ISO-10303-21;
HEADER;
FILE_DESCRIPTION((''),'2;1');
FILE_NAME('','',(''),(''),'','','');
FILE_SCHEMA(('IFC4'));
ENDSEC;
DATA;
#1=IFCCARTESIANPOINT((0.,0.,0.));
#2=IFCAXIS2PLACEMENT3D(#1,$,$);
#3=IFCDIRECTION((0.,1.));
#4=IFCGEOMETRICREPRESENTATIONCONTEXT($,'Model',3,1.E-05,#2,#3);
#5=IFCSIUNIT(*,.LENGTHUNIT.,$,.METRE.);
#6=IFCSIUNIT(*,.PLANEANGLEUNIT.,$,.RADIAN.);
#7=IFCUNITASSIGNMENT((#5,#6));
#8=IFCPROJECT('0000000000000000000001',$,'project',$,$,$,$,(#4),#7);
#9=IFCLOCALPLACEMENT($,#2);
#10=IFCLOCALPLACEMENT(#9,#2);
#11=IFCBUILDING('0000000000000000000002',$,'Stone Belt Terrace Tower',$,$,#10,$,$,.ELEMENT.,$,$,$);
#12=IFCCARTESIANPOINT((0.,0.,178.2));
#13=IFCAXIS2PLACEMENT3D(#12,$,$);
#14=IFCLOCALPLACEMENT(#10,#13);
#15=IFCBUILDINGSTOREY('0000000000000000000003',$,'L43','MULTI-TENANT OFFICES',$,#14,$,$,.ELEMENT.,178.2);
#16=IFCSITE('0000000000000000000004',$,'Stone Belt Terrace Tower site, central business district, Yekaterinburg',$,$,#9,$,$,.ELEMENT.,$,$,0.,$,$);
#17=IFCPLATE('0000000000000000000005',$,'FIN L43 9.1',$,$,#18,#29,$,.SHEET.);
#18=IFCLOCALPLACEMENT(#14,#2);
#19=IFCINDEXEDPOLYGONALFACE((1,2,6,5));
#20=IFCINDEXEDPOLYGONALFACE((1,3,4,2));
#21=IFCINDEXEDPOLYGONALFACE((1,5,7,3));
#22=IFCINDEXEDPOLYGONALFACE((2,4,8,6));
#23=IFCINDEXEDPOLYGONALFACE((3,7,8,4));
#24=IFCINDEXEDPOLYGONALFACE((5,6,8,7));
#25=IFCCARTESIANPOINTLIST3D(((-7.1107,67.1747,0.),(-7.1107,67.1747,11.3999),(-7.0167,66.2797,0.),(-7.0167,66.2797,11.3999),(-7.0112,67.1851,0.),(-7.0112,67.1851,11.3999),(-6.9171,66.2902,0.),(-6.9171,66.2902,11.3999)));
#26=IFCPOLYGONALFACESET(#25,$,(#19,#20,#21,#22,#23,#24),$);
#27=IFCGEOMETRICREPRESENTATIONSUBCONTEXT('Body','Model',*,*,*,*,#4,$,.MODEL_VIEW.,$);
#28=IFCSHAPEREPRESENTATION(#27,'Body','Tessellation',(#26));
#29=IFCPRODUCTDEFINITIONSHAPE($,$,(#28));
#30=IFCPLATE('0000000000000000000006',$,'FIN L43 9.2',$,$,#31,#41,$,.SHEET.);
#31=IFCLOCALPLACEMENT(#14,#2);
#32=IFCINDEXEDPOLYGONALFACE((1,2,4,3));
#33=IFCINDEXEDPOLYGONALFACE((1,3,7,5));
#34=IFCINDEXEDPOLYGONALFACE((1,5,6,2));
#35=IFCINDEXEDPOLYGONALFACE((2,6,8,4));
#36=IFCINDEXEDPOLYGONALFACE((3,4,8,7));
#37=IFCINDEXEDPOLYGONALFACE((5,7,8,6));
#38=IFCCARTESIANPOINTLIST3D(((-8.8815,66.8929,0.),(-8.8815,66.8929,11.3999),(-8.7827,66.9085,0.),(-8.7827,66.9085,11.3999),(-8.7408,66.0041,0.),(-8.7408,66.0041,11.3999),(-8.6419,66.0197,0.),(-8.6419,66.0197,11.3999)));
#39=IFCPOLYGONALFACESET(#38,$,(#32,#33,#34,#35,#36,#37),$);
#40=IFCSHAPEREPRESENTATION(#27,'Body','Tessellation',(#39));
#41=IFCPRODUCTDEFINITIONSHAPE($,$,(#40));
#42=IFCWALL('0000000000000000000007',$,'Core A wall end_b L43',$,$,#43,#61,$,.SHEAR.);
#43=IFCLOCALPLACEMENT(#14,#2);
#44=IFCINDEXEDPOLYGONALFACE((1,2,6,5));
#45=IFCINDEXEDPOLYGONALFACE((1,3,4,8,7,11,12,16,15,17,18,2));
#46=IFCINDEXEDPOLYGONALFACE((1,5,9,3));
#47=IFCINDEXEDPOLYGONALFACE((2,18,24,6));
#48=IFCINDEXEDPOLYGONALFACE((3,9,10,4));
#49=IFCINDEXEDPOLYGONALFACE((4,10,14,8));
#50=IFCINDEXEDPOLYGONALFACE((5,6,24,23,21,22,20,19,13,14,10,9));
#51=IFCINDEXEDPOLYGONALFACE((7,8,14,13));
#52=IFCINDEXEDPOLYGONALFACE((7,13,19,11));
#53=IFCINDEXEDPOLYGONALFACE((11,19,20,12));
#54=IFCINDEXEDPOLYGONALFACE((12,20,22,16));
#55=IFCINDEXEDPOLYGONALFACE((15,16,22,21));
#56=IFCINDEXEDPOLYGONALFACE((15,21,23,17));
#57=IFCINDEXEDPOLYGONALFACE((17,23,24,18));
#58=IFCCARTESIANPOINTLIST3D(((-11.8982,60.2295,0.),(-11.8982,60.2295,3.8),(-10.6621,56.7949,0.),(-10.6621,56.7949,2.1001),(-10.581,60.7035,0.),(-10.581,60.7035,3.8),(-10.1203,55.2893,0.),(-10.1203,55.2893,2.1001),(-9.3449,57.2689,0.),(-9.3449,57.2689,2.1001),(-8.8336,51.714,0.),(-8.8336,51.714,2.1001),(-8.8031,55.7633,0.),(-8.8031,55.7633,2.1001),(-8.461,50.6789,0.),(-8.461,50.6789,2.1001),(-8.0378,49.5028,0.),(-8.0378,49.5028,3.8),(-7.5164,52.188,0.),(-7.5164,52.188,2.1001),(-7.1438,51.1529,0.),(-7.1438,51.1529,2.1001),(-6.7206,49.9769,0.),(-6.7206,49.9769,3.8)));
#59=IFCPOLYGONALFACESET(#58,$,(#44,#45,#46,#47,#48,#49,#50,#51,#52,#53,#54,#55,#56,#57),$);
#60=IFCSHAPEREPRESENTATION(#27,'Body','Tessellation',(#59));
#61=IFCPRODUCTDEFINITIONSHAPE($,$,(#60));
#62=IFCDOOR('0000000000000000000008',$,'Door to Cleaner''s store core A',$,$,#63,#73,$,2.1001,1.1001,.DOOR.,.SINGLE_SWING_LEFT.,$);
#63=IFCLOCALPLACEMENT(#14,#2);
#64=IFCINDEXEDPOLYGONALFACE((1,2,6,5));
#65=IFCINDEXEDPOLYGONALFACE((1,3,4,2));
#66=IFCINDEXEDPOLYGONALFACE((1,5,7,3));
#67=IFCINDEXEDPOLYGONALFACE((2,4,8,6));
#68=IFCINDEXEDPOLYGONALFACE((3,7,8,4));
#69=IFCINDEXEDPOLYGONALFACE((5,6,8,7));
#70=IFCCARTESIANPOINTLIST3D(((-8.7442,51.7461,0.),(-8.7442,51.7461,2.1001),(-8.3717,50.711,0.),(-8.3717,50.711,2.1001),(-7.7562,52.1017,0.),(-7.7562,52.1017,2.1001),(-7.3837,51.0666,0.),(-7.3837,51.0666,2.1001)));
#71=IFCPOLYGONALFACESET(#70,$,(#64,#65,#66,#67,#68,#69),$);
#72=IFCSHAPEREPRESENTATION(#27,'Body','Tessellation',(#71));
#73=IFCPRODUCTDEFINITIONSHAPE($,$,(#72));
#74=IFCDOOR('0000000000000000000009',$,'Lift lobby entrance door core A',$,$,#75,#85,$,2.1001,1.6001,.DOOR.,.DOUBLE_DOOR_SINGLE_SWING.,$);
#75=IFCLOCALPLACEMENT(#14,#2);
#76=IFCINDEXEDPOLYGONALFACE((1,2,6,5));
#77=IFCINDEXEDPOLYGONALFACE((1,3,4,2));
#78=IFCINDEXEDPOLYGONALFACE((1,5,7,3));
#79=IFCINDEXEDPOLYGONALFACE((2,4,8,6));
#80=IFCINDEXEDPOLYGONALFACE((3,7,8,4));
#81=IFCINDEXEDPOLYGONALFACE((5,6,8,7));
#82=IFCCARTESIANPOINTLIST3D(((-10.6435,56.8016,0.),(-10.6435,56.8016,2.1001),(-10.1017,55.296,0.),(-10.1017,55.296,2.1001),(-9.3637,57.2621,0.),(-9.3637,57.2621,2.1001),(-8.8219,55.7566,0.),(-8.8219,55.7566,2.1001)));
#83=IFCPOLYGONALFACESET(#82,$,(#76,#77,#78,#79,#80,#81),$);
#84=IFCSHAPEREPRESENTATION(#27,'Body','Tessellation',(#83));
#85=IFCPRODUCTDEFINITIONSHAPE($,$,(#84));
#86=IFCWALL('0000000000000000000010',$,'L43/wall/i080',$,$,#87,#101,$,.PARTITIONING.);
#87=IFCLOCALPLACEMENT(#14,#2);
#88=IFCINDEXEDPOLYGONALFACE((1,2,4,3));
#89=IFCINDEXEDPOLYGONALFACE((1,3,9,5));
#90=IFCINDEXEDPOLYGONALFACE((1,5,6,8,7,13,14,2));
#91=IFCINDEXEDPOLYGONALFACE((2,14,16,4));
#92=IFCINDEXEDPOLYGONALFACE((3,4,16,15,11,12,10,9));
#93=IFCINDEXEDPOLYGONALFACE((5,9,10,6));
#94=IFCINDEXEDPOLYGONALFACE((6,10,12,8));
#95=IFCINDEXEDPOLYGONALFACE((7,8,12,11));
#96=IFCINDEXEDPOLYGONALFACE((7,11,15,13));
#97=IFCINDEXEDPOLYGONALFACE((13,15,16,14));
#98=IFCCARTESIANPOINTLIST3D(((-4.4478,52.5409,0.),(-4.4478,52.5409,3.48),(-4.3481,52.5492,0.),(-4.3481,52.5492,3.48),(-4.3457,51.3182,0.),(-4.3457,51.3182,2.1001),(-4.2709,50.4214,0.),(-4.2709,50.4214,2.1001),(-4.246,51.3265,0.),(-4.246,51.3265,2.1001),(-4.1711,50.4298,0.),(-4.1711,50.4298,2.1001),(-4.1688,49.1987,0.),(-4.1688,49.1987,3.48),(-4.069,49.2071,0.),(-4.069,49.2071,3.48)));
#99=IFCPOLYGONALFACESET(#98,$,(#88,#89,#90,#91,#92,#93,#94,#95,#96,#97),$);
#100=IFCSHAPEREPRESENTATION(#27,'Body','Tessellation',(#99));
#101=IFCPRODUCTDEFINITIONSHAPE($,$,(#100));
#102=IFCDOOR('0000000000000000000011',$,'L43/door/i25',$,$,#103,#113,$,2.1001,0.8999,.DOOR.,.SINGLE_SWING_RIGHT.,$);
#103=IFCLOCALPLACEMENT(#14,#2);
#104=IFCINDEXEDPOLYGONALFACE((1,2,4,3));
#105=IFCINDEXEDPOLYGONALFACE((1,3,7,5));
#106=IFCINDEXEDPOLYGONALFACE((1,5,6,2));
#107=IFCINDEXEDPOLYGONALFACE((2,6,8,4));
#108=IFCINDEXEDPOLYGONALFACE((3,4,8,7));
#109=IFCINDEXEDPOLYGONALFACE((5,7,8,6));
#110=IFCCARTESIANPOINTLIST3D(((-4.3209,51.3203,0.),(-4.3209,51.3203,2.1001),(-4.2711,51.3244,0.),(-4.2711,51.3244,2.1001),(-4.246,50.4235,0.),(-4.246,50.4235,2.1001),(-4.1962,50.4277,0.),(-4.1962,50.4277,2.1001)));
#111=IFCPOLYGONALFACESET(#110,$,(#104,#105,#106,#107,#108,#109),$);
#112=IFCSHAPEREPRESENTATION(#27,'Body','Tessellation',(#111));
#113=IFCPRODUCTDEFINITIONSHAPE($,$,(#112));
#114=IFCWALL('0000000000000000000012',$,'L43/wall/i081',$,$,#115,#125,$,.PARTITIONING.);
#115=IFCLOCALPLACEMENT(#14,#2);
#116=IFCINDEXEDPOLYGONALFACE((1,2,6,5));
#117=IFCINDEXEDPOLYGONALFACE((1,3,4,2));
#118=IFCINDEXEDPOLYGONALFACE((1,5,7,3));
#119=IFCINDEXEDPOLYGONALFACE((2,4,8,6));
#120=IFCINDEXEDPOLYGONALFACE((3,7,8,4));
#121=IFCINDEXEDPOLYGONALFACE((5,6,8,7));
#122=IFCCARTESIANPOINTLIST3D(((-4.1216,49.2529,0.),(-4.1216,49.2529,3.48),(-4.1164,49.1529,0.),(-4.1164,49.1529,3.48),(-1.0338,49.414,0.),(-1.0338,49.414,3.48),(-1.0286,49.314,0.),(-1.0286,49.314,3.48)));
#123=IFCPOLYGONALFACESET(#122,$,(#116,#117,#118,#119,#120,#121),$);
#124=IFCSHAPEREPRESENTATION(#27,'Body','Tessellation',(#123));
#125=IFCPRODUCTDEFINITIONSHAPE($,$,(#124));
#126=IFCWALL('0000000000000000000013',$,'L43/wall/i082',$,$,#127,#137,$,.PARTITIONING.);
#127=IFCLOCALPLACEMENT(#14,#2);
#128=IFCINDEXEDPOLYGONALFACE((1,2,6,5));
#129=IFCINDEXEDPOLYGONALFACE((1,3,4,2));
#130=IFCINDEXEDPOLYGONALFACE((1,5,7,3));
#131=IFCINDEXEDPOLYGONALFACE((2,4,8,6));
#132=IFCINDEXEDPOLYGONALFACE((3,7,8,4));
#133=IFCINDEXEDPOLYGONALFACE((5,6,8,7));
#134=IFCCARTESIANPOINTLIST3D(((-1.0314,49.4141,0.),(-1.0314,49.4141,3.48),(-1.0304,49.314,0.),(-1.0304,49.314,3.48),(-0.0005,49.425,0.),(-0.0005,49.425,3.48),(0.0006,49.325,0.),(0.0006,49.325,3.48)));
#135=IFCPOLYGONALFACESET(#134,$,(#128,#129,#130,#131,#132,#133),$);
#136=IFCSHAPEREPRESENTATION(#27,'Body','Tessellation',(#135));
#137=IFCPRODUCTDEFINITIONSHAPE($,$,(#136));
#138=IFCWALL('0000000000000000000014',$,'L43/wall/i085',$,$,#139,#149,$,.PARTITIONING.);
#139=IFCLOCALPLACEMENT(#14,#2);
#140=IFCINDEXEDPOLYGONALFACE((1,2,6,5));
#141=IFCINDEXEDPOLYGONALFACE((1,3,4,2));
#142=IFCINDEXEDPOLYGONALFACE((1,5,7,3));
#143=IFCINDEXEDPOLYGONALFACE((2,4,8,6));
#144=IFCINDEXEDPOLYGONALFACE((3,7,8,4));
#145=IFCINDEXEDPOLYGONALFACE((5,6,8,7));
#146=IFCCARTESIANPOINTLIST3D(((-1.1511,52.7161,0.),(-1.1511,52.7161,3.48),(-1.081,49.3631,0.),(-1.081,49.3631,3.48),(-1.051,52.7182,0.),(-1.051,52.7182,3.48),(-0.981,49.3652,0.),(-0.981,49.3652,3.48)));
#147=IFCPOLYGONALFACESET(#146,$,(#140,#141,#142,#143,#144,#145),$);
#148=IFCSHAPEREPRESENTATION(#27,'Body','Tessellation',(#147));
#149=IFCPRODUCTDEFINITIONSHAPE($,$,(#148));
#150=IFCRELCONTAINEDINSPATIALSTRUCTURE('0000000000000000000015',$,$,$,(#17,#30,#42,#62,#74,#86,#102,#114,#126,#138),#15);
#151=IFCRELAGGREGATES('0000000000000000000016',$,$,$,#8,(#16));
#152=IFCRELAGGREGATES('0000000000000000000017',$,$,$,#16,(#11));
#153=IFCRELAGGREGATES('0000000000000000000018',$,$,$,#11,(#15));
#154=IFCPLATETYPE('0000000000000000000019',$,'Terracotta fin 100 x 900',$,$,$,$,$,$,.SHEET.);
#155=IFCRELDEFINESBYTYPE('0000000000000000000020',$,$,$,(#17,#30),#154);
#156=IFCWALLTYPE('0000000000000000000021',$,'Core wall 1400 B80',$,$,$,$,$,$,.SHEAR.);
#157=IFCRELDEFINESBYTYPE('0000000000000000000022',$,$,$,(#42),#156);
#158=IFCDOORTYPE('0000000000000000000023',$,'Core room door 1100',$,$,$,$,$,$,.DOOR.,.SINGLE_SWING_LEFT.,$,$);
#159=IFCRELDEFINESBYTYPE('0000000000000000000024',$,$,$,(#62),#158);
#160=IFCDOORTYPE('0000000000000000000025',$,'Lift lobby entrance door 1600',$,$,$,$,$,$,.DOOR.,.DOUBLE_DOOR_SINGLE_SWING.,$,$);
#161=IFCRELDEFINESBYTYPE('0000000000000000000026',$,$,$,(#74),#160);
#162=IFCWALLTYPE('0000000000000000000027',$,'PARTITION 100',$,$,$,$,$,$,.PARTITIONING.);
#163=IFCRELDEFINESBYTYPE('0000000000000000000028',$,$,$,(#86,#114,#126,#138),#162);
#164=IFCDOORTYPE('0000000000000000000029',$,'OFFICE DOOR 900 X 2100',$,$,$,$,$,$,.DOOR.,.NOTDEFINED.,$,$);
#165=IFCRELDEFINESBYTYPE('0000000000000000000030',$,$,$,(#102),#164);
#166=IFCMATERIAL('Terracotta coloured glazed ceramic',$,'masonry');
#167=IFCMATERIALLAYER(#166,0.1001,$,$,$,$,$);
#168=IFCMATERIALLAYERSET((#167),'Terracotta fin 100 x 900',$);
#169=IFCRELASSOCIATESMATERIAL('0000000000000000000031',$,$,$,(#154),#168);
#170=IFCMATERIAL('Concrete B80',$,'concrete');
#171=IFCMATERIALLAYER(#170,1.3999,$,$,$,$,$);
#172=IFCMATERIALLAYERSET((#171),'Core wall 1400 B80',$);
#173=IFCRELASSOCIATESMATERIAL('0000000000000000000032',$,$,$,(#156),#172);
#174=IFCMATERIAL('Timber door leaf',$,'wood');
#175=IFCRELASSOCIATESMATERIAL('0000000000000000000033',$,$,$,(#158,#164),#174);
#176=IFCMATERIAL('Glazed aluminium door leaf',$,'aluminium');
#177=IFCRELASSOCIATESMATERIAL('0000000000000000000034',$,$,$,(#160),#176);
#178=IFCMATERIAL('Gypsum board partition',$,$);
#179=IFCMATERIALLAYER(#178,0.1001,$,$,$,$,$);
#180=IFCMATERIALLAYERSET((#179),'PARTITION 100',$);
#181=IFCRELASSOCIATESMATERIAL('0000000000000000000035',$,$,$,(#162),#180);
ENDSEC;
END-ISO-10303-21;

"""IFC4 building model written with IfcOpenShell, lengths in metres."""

from ifc_helpers import new_model, si_unit, direction, frame, frame_2d, origin, origin_2d, place, context, subcontext, project, spatial, rectangle, extrude, material, layer, layer_set, type_object, element, fill, save


model = new_model("IFC4")

# Units and contexts
model_context = context("Model", 3, precision=1e-05, world=origin(), true_north=direction((0.0, 1.0)))
body_context = subcontext(model_context, "Body", "Model", "MODEL_VIEW")
ifc_project = project(units=[si_unit("LENGTHUNIT", "METRE"), si_unit("PLANEANGLEUNIT", "RADIAN")], contexts=[model_context])

# Site, building, storey
site_placement = place(None, origin())
site = spatial("IfcSite", under=ifc_project, at=site_placement, Name="Stone Belt Terrace Tower site, central business district, Yekaterinburg", CompositionType="ELEMENT", RefElevation=0.0)
building_placement = place(site_placement, origin())
building = spatial("IfcBuilding", under=site, at=building_placement, Name="Stone Belt Terrace Tower", CompositionType="ELEMENT")
storey_placement = place(building_placement, frame((0.0, 0.0, 178.2)))
storey = spatial("IfcBuildingStorey", under=building, at=storey_placement, Name="L43", Description="MULTI-TENANT OFFICES", CompositionType="ELEMENT", Elevation=178.2)

# Shared definitions
ifc_material_1 = material(Name="Concrete B80", Category="concrete")

# Plates
ifc_material_2 = material(Name="Terracotta coloured glazed ceramic", Category="masonry")
ifc_layer_1 = layer(ifc_material_2, 0.1001)
ifc_layer_set_1 = layer_set([ifc_layer_1], Name="Terracotta fin 100 x 900")
plate_type_1 = type_object("IfcPlateType", Name="Terracotta fin 100 x 900", PredefinedType="SHEET", material=ifc_layer_set_1)
for number, where, z_axis, x_axis, name in (
    (1, (-7.0139, 66.7324, 0.0), (0.0, 0.0, 1.0), (-0.104528, 0.994522, 0.0), "FIN L43 9.1"),
    (2, (-8.7617, 66.4563, 0.0), (0.0, 0.0, 1.0), (-0.156434, 0.987688, 0.0), "FIN L43 9.2"),
):
    element("IfcPlate", number, at=place(storey_placement, frame(where, z_axis=z_axis, x_axis=x_axis)), inside=storey, type_object=plate_type_1, Name=name, PredefinedType="SHEET", context=body_context, shape_type="SweptSolid", body=[
        extrude(rectangle(XDim=0.8999, YDim=0.1001, at=origin_2d()), origin(), (0.0, 0.0, 1.0), 11.3999),
    ])

# Wall, openings, doors
ifc_layer_2 = layer(ifc_material_1, 1.3999)
ifc_layer_set_2 = layer_set([ifc_layer_2], Name="Core wall 1400 B80")
wall_type_1 = type_object("IfcWallType", Name="Core wall 1400 B80", PredefinedType="SHEAR", material=ifc_layer_set_2)
wall_1_placement = place(storey_placement, frame((-7.3792, 49.7397, 0.0), z_axis=(0.0, 0.0, 1.0), x_axis=(-0.338625, 0.940921, 0.0)))
wall_1 = element("IfcWall", 3, at=wall_1_placement, inside=storey, type_object=wall_type_1, Name="Core A wall end_b L43", PredefinedType="SHEAR", context=body_context, shape_type="SweptSolid", body=[
    extrude(rectangle(XDim=11.4001, YDim=1.3999, at=frame_2d((5.7002, 0.0))), origin(), (0.0, 0.0, 1.0), 3.8),
])
opening_1_placement = place(wall_1_placement, frame((6.1499, 0.0, 0.0)))
opening_1 = element("IfcOpeningElement", 4, at=opening_1_placement, cuts=wall_1, PredefinedType="OPENING", context=body_context, shape_type="SweptSolid", body=[
    extrude(rectangle(XDim=1.6001, YDim=2.1001, at=frame_2d((0.8, 1.05))), frame((0.0, 0.71, 0.0), z_axis=(0.0, -1.0, 0.0), x_axis=(1.0, 0.0, 0.0)), (0.0, 0.0, 1.0), 1.4199),
])
opening_2_placement = place(wall_1_placement, frame((1.25, 0.0, 0.0)))
opening_2 = element("IfcOpeningElement", 5, at=opening_2_placement, cuts=wall_1, PredefinedType="OPENING", context=body_context, shape_type="SweptSolid", body=[
    extrude(rectangle(XDim=1.1001, YDim=2.1001, at=frame_2d((0.55, 1.05))), frame((0.0, 0.71, 0.0), z_axis=(0.0, -1.0, 0.0), x_axis=(1.0, 0.0, 0.0)), (0.0, 0.0, 1.0), 1.4199),
])
ifc_material_3 = material(Name="Timber door leaf", Category="wood")
door_type_1 = type_object("IfcDoorType", Name="Core room door 1100", OperationType="SINGLE_SWING_LEFT", PredefinedType="DOOR", material=ifc_material_3)
door_1_placement = place(opening_2_placement, origin())
door_1 = element("IfcDoor", 6, at=door_1_placement, inside=storey, type_object=door_type_1, Name="Door to Cleaner's store core A", OperationType="SINGLE_SWING_LEFT", OverallHeight=2.1001, OverallWidth=1.1001, PredefinedType="DOOR", context=body_context, shape_type="SweptSolid", body=[
    extrude(rectangle(XDim=1.1001, YDim=2.1001, at=frame_2d((0.55, 1.05))), frame((0.0, 0.605, 0.0), z_axis=(0.0, -1.0, 0.0), x_axis=(1.0, 0.0, 0.0)), (0.0, 0.0, 1.0), 1.05),
])
fill(opening_2, door_1)
ifc_material_4 = material(Name="Glazed aluminium door leaf", Category="aluminium")
door_type_2 = type_object("IfcDoorType", Name="Lift lobby entrance door 1600", OperationType="DOUBLE_DOOR_SINGLE_SWING", PredefinedType="DOOR", material=ifc_material_4)
door_2_placement = place(opening_1_placement, origin())
door_2 = element("IfcDoor", 7, at=door_2_placement, inside=storey, type_object=door_type_2, Name="Lift lobby entrance door core A", OperationType="DOUBLE_DOOR_SINGLE_SWING", OverallHeight=2.1001, OverallWidth=1.6001, PredefinedType="DOOR", context=body_context, shape_type="SweptSolid", body=[
    extrude(rectangle(XDim=1.6001, YDim=2.1001, at=frame_2d((0.8, 1.05))), frame((0.0, 0.6802, 0.0), z_axis=(0.0, -1.0, 0.0), x_axis=(1.0, 0.0, 0.0)), (0.0, 0.0, 1.0), 1.3601),
])
fill(opening_1, door_2)

# Wall, opening, door
ifc_material_5 = material(Name="Gypsum board partition")
ifc_layer_3 = layer(ifc_material_5, 0.1001)
ifc_layer_set_3 = layer_set([ifc_layer_3], Name="PARTITION 100")
wall_type_2 = type_object("IfcWallType", Name="PARTITION 100", PredefinedType="PARTITIONING", material=ifc_layer_set_3)
wall_2_placement = place(storey_placement, frame((-4.3979, 52.5449, 0.0), z_axis=(0.0, 0.0, 1.0), x_axis=(0.083208, -0.996532, 0.0)))
wall_2 = element("IfcWall", 8, at=wall_2_placement, inside=storey, type_object=wall_type_2, Name="L43/wall/i080", PredefinedType="PARTITIONING", context=body_context, shape_type="SweptSolid", body=[
    extrude(rectangle(XDim=3.3538, YDim=0.1001, at=frame_2d((1.6768, 0.0))), origin(), (0.0, 0.0, 1.0), 3.48),
])
opening_3_placement = place(wall_2_placement, frame((1.2268, 0.0, 0.0)))
opening_3 = element("IfcOpeningElement", 9, at=opening_3_placement, cuts=wall_2, PredefinedType="OPENING", context=body_context, shape_type="SweptSolid", body=[
    extrude(rectangle(XDim=0.8999, YDim=2.1001, at=frame_2d((0.45, 1.05))), frame((0.0, 0.0601, 0.0), z_axis=(0.0, -1.0, 0.0), x_axis=(1.0, 0.0, 0.0)), (0.0, 0.0, 1.0), 0.1201),
])
door_type_3 = type_object("IfcDoorType", Name="OFFICE DOOR 900 X 2100", OperationType="NOTDEFINED", PredefinedType="DOOR", material=ifc_material_3)
door_3_placement = place(opening_3_placement, origin())
door_3 = element("IfcDoor", 10, at=door_3_placement, inside=storey, type_object=door_type_3, Name="L43/door/i25", OperationType="SINGLE_SWING_RIGHT", OverallHeight=2.1001, OverallWidth=0.8999, PredefinedType="DOOR", context=body_context, shape_type="SweptSolid", body=[
    extrude(rectangle(XDim=0.8999, YDim=2.1001, at=frame_2d((0.45, 1.05))), frame((0.0, 0.0249, 0.0), z_axis=(0.0, -1.0, 0.0), x_axis=(1.0, 0.0, 0.0)), (0.0, 0.0, 1.0), 0.05),
])
fill(opening_3, door_3)

# Walls
wall_3_placement = place(storey_placement, frame((-4.1189, 49.2029, 0.0), z_axis=(0.0, 0.0, 1.0), x_axis=(0.998641, 0.052111, 0.0)))
element("IfcWall", 11, at=wall_3_placement, inside=storey, type_object=wall_type_2, Name="L43/wall/i081", PredefinedType="PARTITIONING", context=body_context, shape_type="SweptSolid", body=[
    extrude(rectangle(XDim=3.092, YDim=0.1001, at=frame_2d((1.5459, 0.0))), origin(), (0.0, 0.0, 1.0), 3.48),
])
wall_4_placement = place(storey_placement, frame((-1.031, 49.364, 0.0), z_axis=(0.0, 0.0, 1.0), x_axis=(0.999943, 0.010655, 0.0)))
element("IfcWall", 12, at=wall_4_placement, inside=storey, type_object=wall_type_2, Name="L43/wall/i082", PredefinedType="PARTITIONING", context=body_context, shape_type="SweptSolid", body=[
    extrude(rectangle(XDim=1.031, YDim=0.1001, at=frame_2d((0.5156, 0.0))), origin(), (0.0, 0.0, 1.0), 3.48),
])
wall_5_placement = place(storey_placement, frame((-1.1011, 52.717, 0.0), z_axis=(0.0, 0.0, 1.0), x_axis=(0.020892, -0.999782, 0.0)))
element("IfcWall", 13, at=wall_5_placement, inside=storey, type_object=wall_type_2, Name="L43/wall/i085", PredefinedType="PARTITIONING", context=body_context, shape_type="SweptSolid", body=[
    extrude(rectangle(XDim=3.3538, YDim=0.1001, at=frame_2d((1.6768, 0.0))), origin(), (0.0, 0.0, 1.0), 3.48),
])

save(model, "model.ifc")
